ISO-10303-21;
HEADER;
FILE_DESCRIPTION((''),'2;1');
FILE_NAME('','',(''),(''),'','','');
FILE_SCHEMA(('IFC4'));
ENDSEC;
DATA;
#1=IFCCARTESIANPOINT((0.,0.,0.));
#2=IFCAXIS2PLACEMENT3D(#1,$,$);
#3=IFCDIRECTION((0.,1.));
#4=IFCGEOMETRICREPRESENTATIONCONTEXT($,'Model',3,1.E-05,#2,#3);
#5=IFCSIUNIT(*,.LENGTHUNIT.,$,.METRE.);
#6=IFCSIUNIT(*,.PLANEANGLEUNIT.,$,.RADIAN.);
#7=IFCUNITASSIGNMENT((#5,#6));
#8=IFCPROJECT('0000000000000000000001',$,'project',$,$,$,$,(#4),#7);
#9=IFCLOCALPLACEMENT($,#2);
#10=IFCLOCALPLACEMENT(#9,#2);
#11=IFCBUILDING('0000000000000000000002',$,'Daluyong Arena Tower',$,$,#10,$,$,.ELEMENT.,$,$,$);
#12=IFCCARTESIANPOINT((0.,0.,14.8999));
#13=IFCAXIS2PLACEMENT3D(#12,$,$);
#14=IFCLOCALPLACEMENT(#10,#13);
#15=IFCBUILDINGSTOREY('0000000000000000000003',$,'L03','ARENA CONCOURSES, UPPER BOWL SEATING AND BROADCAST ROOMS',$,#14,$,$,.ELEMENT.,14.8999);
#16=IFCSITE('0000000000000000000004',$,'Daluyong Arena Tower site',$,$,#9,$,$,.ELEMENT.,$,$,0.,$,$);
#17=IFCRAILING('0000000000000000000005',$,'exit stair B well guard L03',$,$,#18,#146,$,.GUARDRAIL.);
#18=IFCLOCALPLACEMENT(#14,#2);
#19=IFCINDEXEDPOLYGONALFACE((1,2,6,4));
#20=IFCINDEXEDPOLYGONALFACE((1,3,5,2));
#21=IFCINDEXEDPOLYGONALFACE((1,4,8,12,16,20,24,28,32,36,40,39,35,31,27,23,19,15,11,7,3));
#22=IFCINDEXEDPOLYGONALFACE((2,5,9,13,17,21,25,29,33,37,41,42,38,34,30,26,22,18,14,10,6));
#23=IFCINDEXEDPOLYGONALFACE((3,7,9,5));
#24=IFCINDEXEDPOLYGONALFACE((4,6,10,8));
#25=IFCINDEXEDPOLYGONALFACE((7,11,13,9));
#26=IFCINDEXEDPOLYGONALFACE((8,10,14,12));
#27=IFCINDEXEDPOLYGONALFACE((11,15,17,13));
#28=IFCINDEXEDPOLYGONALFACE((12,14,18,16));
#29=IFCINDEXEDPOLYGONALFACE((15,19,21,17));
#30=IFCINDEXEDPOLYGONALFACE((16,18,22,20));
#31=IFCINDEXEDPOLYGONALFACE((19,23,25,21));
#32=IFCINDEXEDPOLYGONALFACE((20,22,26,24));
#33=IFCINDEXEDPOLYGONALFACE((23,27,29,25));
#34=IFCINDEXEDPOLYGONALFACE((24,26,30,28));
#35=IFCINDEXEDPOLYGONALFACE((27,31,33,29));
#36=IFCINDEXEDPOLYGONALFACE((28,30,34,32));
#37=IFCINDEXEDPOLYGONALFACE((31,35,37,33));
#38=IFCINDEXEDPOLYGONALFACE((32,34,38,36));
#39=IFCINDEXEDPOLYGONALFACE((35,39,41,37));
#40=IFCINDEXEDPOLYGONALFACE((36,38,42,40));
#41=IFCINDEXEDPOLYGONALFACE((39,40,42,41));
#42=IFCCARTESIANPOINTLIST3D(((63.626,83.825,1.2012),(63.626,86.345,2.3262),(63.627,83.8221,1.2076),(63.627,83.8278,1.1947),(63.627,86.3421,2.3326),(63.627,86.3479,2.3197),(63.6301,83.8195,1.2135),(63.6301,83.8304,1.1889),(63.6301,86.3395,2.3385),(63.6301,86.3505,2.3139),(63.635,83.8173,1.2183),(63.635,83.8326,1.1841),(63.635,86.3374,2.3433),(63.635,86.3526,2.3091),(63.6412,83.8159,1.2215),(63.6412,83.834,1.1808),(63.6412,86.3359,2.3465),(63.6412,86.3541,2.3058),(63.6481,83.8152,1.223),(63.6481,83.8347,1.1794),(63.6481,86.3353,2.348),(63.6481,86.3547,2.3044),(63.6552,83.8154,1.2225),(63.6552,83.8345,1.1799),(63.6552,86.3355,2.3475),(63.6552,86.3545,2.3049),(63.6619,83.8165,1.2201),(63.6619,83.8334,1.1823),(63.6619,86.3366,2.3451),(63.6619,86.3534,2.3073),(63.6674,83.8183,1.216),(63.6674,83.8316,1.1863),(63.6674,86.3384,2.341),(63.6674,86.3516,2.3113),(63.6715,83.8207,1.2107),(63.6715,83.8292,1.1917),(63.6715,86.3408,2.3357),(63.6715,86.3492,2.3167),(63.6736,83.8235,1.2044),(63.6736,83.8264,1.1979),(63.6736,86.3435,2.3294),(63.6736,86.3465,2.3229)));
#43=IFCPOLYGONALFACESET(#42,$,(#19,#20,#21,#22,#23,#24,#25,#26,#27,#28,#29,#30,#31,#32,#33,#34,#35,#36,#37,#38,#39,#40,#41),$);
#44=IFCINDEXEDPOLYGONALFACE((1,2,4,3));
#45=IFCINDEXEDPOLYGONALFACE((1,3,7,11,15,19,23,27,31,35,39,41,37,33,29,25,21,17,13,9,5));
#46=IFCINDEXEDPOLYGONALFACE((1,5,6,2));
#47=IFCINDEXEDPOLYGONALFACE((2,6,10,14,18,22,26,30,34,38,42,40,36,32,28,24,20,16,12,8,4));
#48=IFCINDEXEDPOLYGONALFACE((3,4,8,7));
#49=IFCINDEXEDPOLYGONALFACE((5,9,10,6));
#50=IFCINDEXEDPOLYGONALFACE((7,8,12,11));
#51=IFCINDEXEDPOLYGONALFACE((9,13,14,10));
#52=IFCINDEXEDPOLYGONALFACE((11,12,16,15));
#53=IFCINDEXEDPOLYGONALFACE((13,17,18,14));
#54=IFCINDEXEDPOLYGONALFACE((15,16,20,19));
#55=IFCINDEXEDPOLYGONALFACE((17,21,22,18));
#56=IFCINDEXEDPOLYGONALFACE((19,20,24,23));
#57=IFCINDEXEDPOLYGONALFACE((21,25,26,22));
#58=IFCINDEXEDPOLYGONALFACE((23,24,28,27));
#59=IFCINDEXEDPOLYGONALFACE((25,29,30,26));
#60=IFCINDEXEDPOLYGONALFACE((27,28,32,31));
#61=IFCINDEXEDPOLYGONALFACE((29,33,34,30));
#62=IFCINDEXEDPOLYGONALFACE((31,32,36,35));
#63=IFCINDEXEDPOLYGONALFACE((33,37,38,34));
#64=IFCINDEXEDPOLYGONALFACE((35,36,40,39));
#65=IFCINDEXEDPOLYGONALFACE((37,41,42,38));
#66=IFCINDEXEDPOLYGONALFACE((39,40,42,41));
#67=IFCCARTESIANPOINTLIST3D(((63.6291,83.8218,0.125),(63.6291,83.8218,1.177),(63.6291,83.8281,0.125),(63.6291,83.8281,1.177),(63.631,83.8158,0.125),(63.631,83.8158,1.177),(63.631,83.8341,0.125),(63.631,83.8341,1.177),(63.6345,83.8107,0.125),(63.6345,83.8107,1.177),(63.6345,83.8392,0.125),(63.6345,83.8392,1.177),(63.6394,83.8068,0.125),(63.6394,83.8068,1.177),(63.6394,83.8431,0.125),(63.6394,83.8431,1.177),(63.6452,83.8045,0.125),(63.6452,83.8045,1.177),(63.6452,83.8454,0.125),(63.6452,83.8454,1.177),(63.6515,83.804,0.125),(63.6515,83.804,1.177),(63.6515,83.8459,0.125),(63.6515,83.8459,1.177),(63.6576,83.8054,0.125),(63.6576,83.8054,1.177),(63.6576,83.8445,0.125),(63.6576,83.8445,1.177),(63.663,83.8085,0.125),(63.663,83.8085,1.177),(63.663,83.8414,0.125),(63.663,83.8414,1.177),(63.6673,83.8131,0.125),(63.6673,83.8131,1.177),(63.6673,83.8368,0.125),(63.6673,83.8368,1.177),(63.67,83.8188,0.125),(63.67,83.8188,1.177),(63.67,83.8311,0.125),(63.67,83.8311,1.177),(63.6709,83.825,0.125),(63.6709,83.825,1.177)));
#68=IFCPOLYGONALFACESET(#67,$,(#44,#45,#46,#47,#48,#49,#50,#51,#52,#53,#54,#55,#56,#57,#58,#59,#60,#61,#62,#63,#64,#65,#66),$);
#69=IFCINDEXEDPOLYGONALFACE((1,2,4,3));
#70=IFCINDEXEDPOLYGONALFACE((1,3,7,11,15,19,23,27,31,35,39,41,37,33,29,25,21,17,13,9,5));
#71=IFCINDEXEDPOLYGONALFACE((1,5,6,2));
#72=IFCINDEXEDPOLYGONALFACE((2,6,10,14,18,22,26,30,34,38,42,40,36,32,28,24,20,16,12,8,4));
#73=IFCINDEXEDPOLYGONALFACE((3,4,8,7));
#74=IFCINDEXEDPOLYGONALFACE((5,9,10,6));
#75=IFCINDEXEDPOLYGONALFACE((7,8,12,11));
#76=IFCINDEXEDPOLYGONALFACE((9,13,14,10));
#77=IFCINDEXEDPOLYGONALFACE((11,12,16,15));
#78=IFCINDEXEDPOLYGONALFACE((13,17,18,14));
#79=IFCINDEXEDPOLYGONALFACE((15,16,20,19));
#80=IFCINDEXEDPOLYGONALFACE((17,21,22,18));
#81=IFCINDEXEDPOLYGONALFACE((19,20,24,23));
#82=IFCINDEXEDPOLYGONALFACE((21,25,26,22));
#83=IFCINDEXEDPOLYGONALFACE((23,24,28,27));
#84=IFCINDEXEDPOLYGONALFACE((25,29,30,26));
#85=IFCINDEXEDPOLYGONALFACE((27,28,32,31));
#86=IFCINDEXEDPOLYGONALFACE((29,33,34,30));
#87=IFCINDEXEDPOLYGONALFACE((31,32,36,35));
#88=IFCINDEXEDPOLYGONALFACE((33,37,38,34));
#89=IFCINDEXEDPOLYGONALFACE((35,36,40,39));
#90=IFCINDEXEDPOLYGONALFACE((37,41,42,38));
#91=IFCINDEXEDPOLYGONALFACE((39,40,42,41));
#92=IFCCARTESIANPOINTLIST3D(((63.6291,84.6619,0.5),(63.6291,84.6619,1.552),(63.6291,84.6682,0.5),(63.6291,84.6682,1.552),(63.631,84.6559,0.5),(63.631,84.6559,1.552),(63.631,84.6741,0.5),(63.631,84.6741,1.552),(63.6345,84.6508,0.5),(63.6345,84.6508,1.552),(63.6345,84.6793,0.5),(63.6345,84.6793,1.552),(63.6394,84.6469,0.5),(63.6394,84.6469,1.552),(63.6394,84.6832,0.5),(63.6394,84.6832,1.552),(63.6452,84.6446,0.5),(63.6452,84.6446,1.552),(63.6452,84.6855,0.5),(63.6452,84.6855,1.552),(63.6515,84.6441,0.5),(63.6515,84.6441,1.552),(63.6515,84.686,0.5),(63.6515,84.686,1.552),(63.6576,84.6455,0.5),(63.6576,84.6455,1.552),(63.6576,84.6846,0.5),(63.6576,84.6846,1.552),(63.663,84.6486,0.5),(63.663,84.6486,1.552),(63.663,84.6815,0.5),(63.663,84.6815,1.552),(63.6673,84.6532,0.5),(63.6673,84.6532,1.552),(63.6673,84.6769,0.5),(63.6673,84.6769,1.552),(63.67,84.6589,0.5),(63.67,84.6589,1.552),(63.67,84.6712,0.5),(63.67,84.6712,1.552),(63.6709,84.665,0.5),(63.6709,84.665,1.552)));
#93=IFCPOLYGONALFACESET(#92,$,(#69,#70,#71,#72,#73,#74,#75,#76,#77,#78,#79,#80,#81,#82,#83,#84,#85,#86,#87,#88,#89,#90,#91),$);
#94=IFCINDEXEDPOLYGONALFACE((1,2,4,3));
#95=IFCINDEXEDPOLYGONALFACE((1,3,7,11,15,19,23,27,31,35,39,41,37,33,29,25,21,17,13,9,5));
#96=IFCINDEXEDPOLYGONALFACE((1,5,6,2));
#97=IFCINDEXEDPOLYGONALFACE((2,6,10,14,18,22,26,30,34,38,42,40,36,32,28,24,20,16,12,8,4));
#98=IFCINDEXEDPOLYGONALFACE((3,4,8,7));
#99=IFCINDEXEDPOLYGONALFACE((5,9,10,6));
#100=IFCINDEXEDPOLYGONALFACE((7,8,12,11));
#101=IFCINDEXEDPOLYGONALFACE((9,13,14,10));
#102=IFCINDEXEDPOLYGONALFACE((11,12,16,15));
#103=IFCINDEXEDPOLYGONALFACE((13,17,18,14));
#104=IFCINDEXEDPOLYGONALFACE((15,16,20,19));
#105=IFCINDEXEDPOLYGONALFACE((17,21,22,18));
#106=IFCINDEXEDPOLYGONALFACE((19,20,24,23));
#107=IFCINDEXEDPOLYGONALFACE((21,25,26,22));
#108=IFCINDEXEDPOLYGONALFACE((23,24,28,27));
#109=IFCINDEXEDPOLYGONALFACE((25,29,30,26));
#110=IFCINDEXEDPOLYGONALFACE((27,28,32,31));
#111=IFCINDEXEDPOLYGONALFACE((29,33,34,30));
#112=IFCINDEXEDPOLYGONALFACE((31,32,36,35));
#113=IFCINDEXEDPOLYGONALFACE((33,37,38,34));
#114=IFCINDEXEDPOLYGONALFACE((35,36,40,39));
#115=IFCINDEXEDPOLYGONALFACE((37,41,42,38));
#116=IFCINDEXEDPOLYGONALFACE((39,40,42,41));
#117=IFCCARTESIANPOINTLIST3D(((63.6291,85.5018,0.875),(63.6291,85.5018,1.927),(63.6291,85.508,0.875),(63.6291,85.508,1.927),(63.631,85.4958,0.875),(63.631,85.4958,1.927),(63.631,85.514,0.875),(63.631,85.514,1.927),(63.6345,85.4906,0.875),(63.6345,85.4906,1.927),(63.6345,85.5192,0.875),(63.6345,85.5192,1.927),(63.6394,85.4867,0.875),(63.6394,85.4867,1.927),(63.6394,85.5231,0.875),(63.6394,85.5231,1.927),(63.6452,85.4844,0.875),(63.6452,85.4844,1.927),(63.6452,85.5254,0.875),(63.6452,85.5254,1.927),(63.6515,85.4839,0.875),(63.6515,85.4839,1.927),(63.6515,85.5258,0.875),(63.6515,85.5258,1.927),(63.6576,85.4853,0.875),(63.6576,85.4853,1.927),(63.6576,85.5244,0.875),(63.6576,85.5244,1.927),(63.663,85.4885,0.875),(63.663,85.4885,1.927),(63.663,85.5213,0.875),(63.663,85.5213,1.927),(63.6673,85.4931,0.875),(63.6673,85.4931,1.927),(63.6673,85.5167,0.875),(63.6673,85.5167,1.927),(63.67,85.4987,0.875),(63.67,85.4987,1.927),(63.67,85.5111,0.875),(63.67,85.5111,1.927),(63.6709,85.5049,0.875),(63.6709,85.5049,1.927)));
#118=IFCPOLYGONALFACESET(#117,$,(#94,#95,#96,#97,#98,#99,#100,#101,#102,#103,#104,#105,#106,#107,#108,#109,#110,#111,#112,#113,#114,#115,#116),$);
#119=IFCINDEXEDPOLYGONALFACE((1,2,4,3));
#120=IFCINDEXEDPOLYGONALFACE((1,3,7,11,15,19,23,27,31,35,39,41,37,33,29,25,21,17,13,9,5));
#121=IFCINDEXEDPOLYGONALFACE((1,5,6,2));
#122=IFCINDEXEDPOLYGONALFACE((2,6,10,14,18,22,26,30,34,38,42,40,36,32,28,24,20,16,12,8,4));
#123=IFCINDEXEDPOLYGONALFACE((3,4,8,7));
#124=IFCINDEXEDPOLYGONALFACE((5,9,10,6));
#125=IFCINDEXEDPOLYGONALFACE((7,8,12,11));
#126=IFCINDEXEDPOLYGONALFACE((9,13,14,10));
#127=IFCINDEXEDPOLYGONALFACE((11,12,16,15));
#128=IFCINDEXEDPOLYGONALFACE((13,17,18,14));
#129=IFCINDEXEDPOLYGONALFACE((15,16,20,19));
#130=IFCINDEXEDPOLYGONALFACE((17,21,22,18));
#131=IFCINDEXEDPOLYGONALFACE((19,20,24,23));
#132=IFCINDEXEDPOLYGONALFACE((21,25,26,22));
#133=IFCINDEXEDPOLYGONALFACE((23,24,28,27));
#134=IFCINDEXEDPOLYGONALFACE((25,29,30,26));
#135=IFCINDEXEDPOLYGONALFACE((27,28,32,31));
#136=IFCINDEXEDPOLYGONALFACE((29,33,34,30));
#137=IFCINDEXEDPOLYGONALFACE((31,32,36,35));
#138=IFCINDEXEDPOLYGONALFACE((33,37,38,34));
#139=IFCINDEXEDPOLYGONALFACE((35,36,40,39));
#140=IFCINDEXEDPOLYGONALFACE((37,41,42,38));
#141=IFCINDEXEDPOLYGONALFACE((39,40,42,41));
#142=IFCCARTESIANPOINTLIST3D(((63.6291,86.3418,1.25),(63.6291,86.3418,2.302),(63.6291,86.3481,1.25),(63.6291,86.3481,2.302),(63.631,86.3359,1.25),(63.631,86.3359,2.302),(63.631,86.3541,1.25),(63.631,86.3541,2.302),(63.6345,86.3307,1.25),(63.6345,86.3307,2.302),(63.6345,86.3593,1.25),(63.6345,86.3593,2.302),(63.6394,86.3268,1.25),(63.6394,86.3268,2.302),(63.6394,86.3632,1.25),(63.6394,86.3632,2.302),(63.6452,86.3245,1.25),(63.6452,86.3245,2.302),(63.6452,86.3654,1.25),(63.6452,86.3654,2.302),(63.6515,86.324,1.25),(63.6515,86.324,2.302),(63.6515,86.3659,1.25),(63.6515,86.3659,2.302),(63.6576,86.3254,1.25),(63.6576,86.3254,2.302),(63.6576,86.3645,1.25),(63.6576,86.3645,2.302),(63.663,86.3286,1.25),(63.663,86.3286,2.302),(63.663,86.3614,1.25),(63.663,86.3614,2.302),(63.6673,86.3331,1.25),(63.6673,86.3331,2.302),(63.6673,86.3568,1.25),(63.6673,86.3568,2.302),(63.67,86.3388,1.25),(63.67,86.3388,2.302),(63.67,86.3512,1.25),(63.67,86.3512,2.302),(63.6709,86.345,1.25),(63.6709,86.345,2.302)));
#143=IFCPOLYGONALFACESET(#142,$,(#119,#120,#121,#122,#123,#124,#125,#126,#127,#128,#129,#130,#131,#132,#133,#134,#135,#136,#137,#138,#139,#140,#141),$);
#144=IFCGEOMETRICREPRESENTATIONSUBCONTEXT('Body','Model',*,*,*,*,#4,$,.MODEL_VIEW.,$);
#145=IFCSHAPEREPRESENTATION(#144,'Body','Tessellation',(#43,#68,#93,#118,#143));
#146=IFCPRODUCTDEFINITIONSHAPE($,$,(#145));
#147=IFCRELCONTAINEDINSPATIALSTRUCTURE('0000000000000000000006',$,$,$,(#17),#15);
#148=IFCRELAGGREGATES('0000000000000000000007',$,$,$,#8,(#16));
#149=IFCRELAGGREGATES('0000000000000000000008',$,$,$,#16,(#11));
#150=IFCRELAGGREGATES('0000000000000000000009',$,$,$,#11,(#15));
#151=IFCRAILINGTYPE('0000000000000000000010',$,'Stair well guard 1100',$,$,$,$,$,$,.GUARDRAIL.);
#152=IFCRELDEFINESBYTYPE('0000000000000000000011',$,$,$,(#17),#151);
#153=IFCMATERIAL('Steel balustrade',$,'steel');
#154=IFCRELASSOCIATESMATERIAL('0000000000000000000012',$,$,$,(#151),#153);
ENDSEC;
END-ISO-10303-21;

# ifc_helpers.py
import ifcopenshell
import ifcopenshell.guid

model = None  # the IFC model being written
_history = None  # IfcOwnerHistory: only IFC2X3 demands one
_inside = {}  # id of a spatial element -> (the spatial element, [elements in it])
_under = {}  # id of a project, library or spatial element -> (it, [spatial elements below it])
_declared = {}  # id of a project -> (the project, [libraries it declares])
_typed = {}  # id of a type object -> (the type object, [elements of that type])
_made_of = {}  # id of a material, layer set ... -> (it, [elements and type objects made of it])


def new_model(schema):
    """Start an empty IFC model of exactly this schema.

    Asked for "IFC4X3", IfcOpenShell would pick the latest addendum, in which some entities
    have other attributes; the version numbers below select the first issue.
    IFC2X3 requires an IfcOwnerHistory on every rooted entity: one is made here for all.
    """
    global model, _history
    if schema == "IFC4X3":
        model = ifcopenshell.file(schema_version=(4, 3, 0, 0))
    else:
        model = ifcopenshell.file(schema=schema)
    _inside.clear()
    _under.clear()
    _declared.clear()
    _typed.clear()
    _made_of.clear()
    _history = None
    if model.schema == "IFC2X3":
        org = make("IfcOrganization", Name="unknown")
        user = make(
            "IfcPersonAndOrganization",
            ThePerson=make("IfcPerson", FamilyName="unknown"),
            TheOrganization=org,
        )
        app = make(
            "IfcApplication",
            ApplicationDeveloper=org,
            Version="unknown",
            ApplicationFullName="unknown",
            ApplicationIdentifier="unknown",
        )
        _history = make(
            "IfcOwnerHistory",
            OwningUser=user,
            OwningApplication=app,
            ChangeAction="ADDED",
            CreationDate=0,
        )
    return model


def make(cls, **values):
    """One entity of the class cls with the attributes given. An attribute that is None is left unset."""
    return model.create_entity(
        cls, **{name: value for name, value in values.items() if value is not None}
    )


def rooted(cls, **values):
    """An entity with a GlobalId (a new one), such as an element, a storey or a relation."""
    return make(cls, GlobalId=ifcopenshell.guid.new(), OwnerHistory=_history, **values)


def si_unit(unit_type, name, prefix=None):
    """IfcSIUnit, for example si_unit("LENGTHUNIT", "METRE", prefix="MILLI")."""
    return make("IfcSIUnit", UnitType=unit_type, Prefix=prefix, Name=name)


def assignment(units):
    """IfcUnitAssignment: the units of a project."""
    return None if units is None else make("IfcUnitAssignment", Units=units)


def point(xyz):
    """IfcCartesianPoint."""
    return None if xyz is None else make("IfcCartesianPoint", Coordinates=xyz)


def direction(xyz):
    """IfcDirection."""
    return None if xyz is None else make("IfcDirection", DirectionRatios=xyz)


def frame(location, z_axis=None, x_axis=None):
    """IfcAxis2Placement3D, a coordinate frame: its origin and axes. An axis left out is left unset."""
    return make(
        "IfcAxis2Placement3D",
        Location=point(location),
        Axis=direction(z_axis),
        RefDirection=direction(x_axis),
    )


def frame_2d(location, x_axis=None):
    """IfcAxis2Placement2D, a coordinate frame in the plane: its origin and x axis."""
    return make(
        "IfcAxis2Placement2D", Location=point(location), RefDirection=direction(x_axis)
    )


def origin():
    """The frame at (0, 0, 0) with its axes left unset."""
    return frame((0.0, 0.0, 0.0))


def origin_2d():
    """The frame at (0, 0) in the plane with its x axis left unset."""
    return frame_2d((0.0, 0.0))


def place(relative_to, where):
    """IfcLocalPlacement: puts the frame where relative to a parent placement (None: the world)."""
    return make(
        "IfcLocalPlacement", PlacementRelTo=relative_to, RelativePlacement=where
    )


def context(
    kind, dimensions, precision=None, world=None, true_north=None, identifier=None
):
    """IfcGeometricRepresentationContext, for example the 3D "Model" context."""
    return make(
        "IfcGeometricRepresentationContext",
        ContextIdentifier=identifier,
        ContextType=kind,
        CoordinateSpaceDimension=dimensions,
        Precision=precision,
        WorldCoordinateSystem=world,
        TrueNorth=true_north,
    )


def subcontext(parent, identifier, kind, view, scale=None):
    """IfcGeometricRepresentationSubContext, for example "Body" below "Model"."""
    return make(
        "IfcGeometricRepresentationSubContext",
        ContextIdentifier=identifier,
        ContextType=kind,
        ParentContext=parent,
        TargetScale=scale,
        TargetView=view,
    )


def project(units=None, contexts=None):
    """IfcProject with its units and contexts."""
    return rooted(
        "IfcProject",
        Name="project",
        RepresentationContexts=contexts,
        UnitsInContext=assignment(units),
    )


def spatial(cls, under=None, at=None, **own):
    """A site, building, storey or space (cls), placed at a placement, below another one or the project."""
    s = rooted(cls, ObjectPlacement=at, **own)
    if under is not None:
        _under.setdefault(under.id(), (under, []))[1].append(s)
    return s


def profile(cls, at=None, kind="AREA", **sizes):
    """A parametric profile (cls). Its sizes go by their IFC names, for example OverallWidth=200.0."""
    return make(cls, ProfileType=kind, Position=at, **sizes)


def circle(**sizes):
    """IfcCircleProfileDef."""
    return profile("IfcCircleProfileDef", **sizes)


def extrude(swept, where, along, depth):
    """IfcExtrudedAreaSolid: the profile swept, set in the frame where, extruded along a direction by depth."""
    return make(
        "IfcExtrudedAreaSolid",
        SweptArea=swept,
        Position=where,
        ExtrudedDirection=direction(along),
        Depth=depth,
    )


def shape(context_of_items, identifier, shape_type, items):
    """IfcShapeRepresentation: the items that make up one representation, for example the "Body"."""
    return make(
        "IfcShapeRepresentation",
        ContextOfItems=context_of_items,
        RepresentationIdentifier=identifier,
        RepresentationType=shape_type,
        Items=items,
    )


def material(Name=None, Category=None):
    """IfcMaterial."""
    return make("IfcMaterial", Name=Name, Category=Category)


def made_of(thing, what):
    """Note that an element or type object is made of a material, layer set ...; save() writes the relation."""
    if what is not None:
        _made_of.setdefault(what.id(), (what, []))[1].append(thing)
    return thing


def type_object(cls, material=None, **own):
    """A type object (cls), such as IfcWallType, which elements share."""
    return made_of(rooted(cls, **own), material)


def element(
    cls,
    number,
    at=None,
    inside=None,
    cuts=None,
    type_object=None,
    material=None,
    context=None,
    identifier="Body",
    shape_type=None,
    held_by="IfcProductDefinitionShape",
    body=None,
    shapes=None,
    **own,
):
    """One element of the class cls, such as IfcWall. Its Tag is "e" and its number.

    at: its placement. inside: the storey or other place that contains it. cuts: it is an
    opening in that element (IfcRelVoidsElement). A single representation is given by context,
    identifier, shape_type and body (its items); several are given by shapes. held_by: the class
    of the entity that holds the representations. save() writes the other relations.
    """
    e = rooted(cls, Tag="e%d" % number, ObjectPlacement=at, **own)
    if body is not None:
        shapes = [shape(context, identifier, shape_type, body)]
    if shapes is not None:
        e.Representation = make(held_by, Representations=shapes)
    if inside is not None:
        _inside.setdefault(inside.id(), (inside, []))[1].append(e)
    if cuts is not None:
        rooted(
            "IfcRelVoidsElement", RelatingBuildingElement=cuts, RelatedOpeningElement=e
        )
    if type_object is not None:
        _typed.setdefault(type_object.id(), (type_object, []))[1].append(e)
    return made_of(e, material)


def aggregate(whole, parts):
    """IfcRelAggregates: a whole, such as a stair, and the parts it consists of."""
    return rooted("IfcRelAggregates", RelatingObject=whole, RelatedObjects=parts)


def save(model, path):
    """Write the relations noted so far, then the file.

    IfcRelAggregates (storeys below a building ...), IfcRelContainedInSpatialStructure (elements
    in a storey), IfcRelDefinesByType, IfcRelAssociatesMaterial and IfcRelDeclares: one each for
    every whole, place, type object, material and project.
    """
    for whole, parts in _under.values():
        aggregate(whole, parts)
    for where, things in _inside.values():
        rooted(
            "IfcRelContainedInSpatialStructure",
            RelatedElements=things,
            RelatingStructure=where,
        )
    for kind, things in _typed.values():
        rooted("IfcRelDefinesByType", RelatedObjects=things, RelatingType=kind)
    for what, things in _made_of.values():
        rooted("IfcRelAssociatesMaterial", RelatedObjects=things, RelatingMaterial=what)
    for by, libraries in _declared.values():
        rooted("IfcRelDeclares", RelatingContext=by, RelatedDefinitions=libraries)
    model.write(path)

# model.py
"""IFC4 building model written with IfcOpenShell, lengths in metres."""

from ifc_helpers import new_model, si_unit, direction, frame, origin, origin_2d, place, context, subcontext, project, spatial, circle, extrude, material, type_object, element, save


model = new_model("IFC4")

# Units and contexts
model_context = context("Model", 3, precision=1e-05, world=origin(), true_north=direction((0.0, 1.0)))
body_context = subcontext(model_context, "Body", "Model", "MODEL_VIEW")
ifc_project = project(units=[si_unit("LENGTHUNIT", "METRE"), si_unit("PLANEANGLEUNIT", "RADIAN")], contexts=[model_context])

# Site, building, storey
site_placement = place(None, origin())
site = spatial("IfcSite", under=ifc_project, at=site_placement, Name="Daluyong Arena Tower site", CompositionType="ELEMENT", RefElevation=0.0)
building_placement = place(site_placement, origin())
building = spatial("IfcBuilding", under=site, at=building_placement, Name="Daluyong Arena Tower", CompositionType="ELEMENT")
storey_placement = place(building_placement, frame((0.0, 0.0, 14.8999)))
storey = spatial("IfcBuildingStorey", under=building, at=storey_placement, Name="L03", Description="ARENA CONCOURSES, UPPER BOWL SEATING AND BROADCAST ROOMS", CompositionType="ELEMENT", Elevation=14.8999)

# Railing
ifc_material_1 = material(Name="Steel balustrade", Category="steel")
railing_type_1 = type_object("IfcRailingType", Name="Stair well guard 1100", PredefinedType="GUARDRAIL", material=ifc_material_1)
for number, where, name in (
    (1, (63.6499, 83.825, 0.125), "exit stair B well guard L03"),
):
    element("IfcRailing", number, at=place(storey_placement, frame(where)), inside=storey, type_object=railing_type_1, Name=name, PredefinedType="GUARDRAIL", context=body_context, shape_type="SweptSolid", body=[
        extrude(circle(Radius=0.0239, at=origin_2d()), frame((0.0, 0.0, 1.0762), z_axis=(0.0, 0.913139, 0.407648), x_axis=(-1.0, 0.0, 0.0)), (0.0, 0.0, 1.0), 2.7598),
        extrude(circle(Radius=0.021, at=origin_2d()), origin(), (0.0, 0.0, 1.0), 1.052),
        extrude(circle(Radius=0.021, at=origin_2d()), frame((0.0, 0.8401, 0.375)), (0.0, 0.0, 1.0), 1.052),
        extrude(circle(Radius=0.021, at=origin_2d()), frame((0.0, 1.6799, 0.75)), (0.0, 0.0, 1.0), 1.052),
        extrude(circle(Radius=0.021, at=origin_2d()), frame((0.0, 2.52, 1.125)), (0.0, 0.0, 1.0), 1.052),
    ])

save(model, "model.ifc")
